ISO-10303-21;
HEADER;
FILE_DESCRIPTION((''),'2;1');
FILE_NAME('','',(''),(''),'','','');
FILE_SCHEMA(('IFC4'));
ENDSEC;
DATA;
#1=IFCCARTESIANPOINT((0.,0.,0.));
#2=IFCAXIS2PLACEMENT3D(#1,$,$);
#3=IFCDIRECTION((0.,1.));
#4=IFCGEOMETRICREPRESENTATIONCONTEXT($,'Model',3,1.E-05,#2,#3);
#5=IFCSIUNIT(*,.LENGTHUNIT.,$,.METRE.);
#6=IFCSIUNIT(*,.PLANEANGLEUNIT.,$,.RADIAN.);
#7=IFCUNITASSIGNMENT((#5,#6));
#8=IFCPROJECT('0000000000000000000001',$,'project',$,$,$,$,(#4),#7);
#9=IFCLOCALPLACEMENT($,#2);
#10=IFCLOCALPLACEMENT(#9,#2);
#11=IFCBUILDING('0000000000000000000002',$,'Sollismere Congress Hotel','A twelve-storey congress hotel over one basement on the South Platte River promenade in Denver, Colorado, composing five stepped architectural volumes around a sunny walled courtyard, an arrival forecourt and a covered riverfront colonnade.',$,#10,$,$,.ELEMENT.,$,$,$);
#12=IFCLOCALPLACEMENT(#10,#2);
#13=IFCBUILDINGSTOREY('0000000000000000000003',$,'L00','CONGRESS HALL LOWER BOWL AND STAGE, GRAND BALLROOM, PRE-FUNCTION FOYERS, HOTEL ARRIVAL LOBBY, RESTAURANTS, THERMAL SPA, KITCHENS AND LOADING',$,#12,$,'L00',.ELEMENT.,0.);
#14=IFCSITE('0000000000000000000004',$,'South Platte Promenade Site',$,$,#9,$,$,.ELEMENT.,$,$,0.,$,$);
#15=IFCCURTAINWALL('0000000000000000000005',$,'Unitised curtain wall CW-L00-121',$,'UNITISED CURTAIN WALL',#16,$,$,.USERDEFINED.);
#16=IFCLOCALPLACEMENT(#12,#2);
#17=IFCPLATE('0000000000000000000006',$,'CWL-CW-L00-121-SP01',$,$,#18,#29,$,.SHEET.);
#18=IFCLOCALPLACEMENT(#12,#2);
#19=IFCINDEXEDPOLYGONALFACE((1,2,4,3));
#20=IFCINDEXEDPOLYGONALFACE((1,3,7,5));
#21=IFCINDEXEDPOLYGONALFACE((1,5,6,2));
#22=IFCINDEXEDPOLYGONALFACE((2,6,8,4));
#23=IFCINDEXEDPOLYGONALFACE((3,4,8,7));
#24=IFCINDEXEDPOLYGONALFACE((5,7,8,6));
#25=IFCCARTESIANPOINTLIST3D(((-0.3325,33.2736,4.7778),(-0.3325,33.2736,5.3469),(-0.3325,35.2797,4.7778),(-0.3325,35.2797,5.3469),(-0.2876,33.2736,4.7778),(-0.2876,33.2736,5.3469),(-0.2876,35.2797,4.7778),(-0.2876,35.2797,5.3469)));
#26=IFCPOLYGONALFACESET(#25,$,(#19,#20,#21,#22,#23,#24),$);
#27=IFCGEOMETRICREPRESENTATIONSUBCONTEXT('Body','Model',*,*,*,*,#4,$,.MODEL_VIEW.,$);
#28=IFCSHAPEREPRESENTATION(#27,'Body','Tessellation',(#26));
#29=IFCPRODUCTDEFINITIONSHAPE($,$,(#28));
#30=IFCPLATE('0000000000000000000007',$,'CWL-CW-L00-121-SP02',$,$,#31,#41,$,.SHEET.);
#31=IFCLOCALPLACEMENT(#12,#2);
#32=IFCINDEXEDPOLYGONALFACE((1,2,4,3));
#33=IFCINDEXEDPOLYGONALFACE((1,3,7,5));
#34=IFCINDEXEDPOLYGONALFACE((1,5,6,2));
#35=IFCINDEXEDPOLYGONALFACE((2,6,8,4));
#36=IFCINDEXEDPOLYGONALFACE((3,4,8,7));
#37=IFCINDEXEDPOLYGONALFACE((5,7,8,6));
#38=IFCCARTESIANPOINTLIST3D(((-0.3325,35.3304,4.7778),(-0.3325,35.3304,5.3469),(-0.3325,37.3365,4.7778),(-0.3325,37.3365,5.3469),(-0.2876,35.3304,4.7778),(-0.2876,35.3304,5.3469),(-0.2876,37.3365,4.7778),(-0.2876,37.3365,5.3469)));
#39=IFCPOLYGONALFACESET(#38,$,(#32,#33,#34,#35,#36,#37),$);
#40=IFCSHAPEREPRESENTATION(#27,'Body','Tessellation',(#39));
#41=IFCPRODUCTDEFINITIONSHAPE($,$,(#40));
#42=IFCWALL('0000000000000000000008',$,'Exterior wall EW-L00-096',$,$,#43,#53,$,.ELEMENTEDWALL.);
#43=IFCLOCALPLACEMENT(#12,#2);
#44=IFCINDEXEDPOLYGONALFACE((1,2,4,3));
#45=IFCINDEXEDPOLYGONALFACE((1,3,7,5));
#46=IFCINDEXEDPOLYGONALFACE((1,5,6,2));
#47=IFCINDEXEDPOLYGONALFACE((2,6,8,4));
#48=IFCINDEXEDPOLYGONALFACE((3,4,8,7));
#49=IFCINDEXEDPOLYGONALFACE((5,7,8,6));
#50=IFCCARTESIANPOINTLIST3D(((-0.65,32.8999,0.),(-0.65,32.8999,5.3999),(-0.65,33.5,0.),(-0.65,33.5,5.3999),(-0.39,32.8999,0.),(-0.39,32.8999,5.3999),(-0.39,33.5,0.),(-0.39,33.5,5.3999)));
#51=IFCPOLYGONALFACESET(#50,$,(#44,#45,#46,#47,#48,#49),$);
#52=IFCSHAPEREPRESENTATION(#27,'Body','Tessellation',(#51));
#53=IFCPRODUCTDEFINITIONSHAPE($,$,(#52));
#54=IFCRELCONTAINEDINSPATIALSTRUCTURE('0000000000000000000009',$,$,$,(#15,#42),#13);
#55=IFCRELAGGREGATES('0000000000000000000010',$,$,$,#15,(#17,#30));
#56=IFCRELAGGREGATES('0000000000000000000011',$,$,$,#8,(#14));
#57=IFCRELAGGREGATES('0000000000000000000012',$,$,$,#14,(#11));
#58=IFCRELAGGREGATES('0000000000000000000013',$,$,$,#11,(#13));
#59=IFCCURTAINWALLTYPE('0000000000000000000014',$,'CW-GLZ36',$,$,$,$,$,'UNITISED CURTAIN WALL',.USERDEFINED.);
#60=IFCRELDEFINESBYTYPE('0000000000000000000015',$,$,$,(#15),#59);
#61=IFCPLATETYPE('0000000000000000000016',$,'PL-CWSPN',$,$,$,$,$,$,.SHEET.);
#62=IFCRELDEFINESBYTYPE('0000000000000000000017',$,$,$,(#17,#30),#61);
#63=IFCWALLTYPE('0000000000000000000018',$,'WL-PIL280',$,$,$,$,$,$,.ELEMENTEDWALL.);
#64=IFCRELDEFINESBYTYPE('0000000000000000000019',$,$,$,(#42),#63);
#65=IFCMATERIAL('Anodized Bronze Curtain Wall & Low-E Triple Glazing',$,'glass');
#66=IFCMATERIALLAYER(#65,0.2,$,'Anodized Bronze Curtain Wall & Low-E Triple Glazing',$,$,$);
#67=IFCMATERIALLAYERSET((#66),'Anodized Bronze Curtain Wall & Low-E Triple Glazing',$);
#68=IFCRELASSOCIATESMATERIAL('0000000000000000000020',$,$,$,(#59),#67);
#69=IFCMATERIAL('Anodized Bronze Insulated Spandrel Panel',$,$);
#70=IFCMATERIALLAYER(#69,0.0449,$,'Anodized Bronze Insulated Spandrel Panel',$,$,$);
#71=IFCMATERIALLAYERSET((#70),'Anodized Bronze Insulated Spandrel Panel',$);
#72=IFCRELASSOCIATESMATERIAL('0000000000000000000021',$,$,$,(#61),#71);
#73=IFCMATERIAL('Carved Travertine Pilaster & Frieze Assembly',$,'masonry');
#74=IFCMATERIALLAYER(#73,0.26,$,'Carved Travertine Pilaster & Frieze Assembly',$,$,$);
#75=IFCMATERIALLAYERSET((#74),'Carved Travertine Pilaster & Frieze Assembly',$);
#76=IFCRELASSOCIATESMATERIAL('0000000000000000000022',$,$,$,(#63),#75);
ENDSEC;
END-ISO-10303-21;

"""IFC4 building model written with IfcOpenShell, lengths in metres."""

from ifc_helpers import new_model, si_unit, direction, frame, frame_2d, origin, origin_2d, place, context, subcontext, project, spatial, rectangle, extrude, material, layer, layer_set, type_object, element, aggregate, save


model = new_model("IFC4")

# Units and contexts
model_context = context("Model", 3, precision=1e-05, world=origin(), true_north=direction((0.0, 1.0)))
body_context = subcontext(model_context, "Body", "Model", "MODEL_VIEW")
ifc_project = project(units=[si_unit("LENGTHUNIT", "METRE"), si_unit("PLANEANGLEUNIT", "RADIAN")], contexts=[model_context])

# Site, building, storey
site_placement = place(None, origin())
site = spatial("IfcSite", under=ifc_project, at=site_placement, Name="South Platte Promenade Site", CompositionType="ELEMENT", RefElevation=0.0)
building_placement = place(site_placement, origin())
building = spatial("IfcBuilding", under=site, at=building_placement, Name="Sollismere Congress Hotel", Description="A twelve-storey congress hotel over one basement on the South Platte River promenade in Denver, Colorado, composing five stepped architectural volumes around a sunny walled courtyard, an arrival forecourt and a covered riverfront colonnade.", CompositionType="ELEMENT")
storey_placement = place(building_placement, origin())
storey = spatial("IfcBuildingStorey", under=building, at=storey_placement, Name="L00", Description="CONGRESS HALL LOWER BOWL AND STAGE, GRAND BALLROOM, PRE-FUNCTION FOYERS, HOTEL ARRIVAL LOBBY, RESTAURANTS, THERMAL SPA, KITCHENS AND LOADING", LongName="L00", CompositionType="ELEMENT", Elevation=0.0)

# Curtain wall
ifc_material_1 = material(Name="Anodized Bronze Curtain Wall & Low-E Triple Glazing", Category="glass")
ifc_layer_1 = layer(ifc_material_1, 0.2, Name="Anodized Bronze Curtain Wall & Low-E Triple Glazing")
ifc_layer_set_1 = layer_set([ifc_layer_1], Name="Anodized Bronze Curtain Wall & Low-E Triple Glazing")
curtain_wall_type = type_object("IfcCurtainWallType", Name="CW-GLZ36", ElementType="UNITISED CURTAIN WALL", PredefinedType="USERDEFINED", material=ifc_layer_set_1)
curtain_wall_1_placement = place(storey_placement, origin())
curtain_wall_1 = element("IfcCurtainWall", 1, at=curtain_wall_1_placement, inside=storey, type_object=curtain_wall_type, Name="Unitised curtain wall CW-L00-121", ObjectType="UNITISED CURTAIN WALL", PredefinedType="USERDEFINED")

# Plates
ifc_material_2 = material(Name="Anodized Bronze Insulated Spandrel Panel")
ifc_layer_2 = layer(ifc_material_2, 0.0449, Name="Anodized Bronze Insulated Spandrel Panel")
ifc_layer_set_2 = layer_set([ifc_layer_2], Name="Anodized Bronze Insulated Spandrel Panel")
plate_type_1 = type_object("IfcPlateType", Name="PL-CWSPN", PredefinedType="SHEET", material=ifc_layer_set_2)
plate_1_placement = place(storey_placement, frame((-0.3101, 34.2766, 4.7778), z_axis=(0.0, 0.0, 1.0), x_axis=(0.0, 1.0, 0.0)))
plate_1 = element("IfcPlate", 2, at=plate_1_placement, type_object=plate_type_1, Name="CWL-CW-L00-121-SP01", PredefinedType="SHEET", context=body_context, shape_type="SweptSolid", body=[
    extrude(rectangle(XDim=2.0061, YDim=0.0449, at=origin_2d()), origin(), (0.0, 0.0, 1.0), 0.5691),
])
plate_2_placement = place(storey_placement, frame((-0.3101, 36.3335, 4.7778), z_axis=(0.0, 0.0, 1.0), x_axis=(0.0, 1.0, 0.0)))
plate_2 = element("IfcPlate", 3, at=plate_2_placement, type_object=plate_type_1, Name="CWL-CW-L00-121-SP02", PredefinedType="SHEET", context=body_context, shape_type="SweptSolid", body=[
    extrude(rectangle(XDim=2.0061, YDim=0.0449, at=origin_2d()), origin(), (0.0, 0.0, 1.0), 0.5691),
])
aggregate(curtain_wall_1, [plate_1, plate_2])

# Wall
ifc_material_3 = material(Name="Carved Travertine Pilaster & Frieze Assembly", Category="masonry")
ifc_layer_3 = layer(ifc_material_3, 0.26, Name="Carved Travertine Pilaster & Frieze Assembly")
ifc_layer_set_3 = layer_set([ifc_layer_3], Name="Carved Travertine Pilaster & Frieze Assembly")
wall_type = type_object("IfcWallType", Name="WL-PIL280", PredefinedType="ELEMENTEDWALL", material=ifc_layer_set_3)
wall_placement = place(storey_placement, frame((-0.52, 32.8999, 0.0), z_axis=(0.0, 0.0, 1.0), x_axis=(0.0, 1.0, 0.0)))
element("IfcWall", 4, at=wall_placement, inside=storey, type_object=wall_type, Name="Exterior wall EW-L00-096", PredefinedType="ELEMENTEDWALL", context=body_context, shape_type="SweptSolid", body=[
    extrude(rectangle(XDim=0.6001, YDim=0.26, at=frame_2d((0.3, 0.0))), origin(), (0.0, 0.0, 1.0), 5.3999),
])

save(model, "model.ifc")
